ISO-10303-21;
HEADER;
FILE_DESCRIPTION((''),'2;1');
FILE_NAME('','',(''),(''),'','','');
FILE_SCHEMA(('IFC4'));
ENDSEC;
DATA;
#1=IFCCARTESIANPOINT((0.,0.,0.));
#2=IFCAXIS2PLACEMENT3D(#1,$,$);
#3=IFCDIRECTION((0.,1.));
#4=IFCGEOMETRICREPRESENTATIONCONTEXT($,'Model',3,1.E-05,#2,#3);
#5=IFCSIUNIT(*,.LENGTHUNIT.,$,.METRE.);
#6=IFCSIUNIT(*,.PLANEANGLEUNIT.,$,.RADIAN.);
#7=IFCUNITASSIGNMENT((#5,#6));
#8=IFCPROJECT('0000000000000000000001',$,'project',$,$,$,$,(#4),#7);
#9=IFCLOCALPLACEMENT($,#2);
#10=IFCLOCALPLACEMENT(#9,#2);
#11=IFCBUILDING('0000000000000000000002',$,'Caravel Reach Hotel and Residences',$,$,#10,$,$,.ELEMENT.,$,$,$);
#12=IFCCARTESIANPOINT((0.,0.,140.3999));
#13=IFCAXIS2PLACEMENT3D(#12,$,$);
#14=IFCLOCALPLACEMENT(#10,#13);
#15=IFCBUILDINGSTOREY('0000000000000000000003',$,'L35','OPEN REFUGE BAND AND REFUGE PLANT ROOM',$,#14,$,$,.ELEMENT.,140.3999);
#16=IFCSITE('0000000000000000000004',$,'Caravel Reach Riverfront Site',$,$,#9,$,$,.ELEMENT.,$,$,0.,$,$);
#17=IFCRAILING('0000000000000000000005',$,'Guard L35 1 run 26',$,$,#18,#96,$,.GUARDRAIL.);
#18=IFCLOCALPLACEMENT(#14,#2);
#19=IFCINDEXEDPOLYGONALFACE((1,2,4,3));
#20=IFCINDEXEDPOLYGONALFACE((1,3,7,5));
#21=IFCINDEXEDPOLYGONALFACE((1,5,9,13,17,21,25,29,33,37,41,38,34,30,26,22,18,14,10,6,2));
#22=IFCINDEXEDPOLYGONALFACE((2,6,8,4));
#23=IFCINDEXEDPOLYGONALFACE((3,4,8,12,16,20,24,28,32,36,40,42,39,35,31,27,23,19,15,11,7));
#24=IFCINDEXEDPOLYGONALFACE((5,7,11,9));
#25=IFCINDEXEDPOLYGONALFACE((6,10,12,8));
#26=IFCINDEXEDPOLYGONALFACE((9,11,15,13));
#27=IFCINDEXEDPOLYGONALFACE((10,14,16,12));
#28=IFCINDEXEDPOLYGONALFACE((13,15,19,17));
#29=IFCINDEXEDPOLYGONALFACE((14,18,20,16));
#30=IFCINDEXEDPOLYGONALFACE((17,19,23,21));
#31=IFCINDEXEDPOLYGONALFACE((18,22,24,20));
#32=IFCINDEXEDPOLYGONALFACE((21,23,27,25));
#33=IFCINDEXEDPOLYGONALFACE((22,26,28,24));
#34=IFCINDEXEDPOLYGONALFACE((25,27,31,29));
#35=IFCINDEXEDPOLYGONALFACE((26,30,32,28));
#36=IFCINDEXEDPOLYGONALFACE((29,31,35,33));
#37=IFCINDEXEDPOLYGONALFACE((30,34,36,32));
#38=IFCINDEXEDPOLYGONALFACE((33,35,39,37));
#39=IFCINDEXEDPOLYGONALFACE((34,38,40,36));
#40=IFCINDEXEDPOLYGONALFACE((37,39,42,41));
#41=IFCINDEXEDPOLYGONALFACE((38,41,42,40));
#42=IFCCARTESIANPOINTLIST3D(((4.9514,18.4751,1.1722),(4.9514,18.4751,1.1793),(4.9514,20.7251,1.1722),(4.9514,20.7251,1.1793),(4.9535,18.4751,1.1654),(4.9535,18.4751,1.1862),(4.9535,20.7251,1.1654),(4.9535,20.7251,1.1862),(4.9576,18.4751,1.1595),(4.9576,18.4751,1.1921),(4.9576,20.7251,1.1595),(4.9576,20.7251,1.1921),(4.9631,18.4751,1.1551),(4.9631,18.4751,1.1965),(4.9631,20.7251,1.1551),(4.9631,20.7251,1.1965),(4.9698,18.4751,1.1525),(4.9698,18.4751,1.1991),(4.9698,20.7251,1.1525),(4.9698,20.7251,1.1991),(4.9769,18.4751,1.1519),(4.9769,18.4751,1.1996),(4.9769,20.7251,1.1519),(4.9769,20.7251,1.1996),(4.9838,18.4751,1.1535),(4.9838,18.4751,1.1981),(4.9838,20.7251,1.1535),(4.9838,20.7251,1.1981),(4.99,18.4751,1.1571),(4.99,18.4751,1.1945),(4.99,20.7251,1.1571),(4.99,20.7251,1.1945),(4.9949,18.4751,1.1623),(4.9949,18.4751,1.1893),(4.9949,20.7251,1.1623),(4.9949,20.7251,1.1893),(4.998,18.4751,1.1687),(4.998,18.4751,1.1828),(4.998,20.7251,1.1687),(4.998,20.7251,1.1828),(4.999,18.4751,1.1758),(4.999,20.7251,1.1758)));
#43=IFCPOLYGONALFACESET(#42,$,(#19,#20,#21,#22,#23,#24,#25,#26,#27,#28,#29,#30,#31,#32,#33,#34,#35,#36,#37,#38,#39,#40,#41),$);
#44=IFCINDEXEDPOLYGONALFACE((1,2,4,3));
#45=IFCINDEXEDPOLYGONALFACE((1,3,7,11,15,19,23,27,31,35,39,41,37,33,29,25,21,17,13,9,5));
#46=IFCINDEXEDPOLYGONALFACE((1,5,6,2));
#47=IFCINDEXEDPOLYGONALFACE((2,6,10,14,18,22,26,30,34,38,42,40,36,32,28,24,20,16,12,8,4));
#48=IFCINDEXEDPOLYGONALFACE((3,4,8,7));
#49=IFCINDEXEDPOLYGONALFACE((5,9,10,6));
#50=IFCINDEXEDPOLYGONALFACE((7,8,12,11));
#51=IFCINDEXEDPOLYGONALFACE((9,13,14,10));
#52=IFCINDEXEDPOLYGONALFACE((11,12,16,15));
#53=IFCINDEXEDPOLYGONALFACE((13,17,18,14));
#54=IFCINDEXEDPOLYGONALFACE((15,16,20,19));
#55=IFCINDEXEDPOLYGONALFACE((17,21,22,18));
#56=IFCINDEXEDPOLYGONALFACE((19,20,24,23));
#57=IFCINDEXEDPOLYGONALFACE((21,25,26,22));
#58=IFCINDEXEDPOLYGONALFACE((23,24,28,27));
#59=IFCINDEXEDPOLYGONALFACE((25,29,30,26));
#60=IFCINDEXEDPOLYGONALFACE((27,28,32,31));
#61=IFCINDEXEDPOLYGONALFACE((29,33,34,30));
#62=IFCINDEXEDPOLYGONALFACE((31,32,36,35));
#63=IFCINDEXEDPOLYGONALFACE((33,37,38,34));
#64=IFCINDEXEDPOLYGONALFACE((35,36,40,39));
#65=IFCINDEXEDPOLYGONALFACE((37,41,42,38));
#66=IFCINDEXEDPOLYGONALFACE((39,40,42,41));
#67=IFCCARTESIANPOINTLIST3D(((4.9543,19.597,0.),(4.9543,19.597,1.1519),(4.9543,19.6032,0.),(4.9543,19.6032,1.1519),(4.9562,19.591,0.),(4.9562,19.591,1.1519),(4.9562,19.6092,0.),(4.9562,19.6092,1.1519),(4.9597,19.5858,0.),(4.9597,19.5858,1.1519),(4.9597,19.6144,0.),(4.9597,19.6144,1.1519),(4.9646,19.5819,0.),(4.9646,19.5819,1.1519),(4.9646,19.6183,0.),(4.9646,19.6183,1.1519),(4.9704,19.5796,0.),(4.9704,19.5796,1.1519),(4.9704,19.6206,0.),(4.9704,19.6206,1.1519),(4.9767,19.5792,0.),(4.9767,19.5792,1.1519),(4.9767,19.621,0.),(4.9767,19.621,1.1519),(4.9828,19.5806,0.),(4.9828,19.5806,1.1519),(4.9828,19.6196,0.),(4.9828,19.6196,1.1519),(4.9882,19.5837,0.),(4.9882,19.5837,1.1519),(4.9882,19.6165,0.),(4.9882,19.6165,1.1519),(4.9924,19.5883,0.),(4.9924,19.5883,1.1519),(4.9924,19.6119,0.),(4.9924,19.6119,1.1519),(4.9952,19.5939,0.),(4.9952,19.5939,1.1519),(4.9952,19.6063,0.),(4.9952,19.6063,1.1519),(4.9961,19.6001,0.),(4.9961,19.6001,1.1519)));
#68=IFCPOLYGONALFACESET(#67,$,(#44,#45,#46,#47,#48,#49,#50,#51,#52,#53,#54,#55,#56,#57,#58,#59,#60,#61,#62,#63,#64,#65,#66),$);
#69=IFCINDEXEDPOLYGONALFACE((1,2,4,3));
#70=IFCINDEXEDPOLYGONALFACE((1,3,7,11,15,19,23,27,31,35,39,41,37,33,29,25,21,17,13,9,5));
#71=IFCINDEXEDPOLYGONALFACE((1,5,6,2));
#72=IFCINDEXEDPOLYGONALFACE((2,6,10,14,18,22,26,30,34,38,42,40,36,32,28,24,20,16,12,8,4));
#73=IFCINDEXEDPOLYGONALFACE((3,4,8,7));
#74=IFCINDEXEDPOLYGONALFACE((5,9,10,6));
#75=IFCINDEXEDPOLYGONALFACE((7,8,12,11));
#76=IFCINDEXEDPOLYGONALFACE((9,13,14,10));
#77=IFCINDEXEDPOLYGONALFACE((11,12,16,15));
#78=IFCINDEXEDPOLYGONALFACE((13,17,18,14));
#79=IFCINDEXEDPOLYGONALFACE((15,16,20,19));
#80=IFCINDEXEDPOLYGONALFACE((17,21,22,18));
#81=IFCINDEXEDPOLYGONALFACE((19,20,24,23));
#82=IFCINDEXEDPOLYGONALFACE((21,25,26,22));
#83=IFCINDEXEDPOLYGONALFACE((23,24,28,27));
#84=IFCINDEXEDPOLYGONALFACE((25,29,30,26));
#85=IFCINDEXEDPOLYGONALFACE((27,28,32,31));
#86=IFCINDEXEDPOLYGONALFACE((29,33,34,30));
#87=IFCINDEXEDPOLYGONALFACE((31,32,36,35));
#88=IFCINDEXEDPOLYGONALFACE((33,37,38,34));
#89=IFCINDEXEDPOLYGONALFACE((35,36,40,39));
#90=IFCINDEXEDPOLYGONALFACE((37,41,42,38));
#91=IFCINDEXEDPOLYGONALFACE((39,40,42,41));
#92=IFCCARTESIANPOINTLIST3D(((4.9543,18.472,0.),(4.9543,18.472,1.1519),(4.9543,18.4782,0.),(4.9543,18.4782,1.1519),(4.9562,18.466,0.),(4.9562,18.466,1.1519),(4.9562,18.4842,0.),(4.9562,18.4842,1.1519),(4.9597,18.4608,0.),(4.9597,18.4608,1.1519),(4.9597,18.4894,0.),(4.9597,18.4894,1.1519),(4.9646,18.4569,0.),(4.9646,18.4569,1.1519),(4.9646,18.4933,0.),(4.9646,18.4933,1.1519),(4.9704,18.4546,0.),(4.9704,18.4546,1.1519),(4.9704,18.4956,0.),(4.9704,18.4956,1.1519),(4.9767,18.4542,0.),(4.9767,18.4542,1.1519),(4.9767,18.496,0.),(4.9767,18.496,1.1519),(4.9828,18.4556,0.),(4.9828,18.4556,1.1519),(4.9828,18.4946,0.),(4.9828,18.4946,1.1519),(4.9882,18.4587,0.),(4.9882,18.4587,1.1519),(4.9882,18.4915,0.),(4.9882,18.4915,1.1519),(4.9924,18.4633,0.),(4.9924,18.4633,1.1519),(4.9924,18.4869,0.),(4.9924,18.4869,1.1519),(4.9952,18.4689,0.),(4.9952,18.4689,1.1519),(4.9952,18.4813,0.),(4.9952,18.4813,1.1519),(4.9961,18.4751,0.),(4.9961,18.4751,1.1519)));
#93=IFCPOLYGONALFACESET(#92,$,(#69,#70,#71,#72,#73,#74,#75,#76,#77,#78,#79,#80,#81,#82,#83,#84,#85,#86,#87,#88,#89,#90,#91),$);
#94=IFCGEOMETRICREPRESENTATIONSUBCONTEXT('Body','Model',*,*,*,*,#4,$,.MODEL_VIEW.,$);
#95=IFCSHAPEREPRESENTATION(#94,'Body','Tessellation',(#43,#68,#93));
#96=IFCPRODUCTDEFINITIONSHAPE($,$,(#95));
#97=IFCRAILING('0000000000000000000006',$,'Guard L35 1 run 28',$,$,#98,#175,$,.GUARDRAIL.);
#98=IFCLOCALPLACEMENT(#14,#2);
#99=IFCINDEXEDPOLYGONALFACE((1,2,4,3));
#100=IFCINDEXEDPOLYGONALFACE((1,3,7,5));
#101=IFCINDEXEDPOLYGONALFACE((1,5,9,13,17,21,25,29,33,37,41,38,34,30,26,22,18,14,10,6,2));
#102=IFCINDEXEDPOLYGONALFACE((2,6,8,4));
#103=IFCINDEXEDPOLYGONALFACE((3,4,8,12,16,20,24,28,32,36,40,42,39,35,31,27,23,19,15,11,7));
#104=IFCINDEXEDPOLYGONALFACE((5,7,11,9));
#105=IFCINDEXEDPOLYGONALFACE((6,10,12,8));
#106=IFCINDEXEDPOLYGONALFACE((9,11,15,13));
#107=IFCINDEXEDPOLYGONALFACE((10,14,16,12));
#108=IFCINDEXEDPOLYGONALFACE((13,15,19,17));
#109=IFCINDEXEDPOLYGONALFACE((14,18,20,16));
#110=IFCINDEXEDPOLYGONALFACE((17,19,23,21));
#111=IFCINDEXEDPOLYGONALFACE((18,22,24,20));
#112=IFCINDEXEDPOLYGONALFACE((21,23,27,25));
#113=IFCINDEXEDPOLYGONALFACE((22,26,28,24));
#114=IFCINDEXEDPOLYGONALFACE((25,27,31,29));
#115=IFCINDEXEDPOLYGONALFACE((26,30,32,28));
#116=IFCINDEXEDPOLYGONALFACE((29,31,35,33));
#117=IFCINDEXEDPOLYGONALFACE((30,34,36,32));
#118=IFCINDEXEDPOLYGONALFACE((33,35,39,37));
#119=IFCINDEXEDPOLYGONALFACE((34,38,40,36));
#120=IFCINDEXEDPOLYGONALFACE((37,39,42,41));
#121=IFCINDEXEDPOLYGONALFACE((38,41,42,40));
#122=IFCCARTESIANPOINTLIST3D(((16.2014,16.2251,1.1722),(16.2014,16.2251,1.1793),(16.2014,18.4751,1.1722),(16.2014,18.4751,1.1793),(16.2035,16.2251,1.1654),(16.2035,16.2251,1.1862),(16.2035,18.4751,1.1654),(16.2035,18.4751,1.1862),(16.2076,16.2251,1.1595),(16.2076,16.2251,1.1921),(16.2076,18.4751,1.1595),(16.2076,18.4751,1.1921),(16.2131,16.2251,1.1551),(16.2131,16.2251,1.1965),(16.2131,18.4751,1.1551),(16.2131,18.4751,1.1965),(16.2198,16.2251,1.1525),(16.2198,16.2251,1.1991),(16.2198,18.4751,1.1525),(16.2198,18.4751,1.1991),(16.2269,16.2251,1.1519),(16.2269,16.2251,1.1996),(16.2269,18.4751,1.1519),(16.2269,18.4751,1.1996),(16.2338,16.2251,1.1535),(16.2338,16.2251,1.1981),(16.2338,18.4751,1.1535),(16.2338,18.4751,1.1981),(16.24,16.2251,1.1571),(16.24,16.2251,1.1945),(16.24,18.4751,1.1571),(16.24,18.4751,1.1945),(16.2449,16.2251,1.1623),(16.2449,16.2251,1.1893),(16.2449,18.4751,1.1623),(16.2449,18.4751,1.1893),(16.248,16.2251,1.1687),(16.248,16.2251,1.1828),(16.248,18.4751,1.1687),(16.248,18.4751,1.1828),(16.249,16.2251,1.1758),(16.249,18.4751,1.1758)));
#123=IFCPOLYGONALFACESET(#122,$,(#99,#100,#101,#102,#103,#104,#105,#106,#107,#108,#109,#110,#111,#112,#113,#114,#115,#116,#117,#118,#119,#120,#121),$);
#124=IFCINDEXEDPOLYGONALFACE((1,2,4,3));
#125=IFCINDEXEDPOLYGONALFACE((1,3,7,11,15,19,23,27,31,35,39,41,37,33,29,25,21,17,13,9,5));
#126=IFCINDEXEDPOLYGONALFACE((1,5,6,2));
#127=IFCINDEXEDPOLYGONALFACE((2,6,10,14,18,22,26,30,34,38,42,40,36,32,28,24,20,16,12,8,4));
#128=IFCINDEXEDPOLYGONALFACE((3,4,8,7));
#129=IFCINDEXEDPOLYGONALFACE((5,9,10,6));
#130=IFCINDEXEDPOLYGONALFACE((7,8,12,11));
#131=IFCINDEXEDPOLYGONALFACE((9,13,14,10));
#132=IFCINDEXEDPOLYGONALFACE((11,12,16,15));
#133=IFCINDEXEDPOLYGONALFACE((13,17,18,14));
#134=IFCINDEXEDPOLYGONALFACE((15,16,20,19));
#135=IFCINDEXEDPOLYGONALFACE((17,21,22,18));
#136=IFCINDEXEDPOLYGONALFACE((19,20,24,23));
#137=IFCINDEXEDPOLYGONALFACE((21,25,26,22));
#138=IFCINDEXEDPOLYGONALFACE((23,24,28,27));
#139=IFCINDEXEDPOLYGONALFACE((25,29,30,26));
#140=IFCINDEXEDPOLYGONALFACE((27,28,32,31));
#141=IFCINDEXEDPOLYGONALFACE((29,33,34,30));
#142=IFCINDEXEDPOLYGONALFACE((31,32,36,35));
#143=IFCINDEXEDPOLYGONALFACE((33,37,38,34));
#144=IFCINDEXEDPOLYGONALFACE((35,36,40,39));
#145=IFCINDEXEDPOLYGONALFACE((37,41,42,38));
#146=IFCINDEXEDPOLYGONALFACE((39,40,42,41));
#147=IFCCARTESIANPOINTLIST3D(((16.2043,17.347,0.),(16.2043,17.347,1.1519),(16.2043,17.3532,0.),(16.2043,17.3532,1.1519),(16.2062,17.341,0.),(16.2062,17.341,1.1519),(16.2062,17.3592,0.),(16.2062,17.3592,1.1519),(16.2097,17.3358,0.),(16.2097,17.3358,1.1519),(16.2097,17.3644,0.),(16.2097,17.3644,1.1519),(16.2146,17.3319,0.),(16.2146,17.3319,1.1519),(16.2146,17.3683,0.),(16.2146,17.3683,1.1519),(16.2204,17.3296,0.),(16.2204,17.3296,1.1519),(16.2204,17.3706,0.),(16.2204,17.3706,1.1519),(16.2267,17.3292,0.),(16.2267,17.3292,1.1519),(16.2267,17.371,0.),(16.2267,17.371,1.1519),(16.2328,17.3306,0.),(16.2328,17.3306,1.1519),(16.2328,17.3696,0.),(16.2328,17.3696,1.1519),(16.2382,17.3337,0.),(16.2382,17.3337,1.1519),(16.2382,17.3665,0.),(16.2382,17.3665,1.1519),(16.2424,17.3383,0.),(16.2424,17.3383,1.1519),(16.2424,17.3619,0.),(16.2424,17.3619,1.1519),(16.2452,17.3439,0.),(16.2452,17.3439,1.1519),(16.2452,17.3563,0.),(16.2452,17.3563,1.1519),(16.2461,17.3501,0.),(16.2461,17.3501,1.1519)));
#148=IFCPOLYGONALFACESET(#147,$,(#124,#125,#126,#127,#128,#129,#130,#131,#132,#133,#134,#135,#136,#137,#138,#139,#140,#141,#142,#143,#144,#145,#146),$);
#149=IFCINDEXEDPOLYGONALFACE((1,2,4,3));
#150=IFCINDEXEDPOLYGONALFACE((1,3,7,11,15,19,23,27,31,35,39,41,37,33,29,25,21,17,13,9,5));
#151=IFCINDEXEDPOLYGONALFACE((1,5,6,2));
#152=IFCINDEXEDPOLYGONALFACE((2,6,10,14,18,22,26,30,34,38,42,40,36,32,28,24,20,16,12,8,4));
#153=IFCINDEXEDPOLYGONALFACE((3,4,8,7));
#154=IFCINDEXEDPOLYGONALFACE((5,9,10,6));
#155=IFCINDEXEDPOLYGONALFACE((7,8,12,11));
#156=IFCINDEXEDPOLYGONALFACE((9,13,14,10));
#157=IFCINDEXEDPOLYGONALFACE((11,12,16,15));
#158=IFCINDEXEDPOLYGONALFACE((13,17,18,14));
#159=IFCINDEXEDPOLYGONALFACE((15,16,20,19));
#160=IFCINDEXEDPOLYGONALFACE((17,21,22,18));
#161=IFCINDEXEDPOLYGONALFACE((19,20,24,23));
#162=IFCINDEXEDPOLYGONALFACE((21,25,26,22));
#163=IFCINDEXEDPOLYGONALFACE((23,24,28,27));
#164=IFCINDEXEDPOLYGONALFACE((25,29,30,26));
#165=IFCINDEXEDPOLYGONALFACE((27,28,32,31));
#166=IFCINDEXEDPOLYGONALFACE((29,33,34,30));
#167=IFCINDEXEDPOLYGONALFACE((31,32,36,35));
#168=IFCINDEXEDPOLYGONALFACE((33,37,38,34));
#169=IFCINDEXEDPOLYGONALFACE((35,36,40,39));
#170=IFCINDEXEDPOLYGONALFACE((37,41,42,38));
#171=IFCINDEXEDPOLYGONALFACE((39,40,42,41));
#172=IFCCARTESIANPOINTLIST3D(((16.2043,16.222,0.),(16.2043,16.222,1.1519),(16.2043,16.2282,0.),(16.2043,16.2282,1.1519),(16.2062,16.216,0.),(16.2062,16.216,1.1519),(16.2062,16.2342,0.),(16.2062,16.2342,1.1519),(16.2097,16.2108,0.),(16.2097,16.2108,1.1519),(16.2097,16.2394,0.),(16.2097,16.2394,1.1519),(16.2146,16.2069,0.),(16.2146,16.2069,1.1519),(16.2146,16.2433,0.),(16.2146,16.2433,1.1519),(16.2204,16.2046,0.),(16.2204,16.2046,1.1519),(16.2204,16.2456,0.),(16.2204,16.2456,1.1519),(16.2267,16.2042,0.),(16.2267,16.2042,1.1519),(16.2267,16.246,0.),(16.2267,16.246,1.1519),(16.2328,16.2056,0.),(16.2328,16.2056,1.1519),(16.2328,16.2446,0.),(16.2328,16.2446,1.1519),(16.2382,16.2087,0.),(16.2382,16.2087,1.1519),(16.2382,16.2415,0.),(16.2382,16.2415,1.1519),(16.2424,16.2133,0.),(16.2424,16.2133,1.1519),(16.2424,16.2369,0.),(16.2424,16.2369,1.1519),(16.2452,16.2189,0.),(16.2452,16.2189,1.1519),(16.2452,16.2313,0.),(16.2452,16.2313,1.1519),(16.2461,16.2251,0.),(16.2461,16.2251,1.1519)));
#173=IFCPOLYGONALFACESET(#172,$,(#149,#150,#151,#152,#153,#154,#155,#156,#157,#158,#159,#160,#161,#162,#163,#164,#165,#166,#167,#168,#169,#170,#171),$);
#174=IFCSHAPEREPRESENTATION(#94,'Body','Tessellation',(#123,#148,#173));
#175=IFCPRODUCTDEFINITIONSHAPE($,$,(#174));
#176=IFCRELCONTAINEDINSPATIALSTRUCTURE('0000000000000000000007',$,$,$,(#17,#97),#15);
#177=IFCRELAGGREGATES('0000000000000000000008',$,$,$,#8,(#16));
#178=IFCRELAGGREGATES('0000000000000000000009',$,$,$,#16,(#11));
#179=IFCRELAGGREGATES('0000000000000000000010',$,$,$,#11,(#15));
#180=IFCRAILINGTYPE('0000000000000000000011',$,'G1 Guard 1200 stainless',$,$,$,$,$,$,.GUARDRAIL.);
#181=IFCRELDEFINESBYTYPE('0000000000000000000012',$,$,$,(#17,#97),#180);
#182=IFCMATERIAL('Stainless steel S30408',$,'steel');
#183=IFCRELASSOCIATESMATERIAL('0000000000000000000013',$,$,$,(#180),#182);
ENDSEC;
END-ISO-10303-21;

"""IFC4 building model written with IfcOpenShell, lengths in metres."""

from ifc_helpers import new_model, si_unit, direction, frame, origin, origin_2d, place, context, subcontext, project, spatial, circle, extrude, material, type_object, element, save


model = new_model("IFC4")

# Units and contexts
model_context = context("Model", 3, precision=1e-05, world=origin(), true_north=direction((0.0, 1.0)))
body_context = subcontext(model_context, "Body", "Model", "MODEL_VIEW")
ifc_project = project(units=[si_unit("LENGTHUNIT", "METRE"), si_unit("PLANEANGLEUNIT", "RADIAN")], contexts=[model_context])

# Site, building, storey
site_placement = place(None, origin())
site = spatial("IfcSite", under=ifc_project, at=site_placement, Name="Caravel Reach Riverfront Site", CompositionType="ELEMENT", RefElevation=0.0)
building_placement = place(site_placement, origin())
building = spatial("IfcBuilding", under=site, at=building_placement, Name="Caravel Reach Hotel and Residences", CompositionType="ELEMENT")
storey_placement = place(building_placement, frame((0.0, 0.0, 140.3999)))
storey = spatial("IfcBuildingStorey", under=building, at=storey_placement, Name="L35", Description="OPEN REFUGE BAND AND REFUGE PLANT ROOM", CompositionType="ELEMENT", Elevation=140.3999)

# Railings
ifc_material_1 = material(Name="Stainless steel S30408", Category="steel")
railing_type = type_object("IfcRailingType", Name="G1 Guard 1200 stainless", PredefinedType="GUARDRAIL", material=ifc_material_1)
railing_1_placement = place(storey_placement, frame((4.9751, 20.7251, 0.0)))
element("IfcRailing", 1, at=railing_1_placement, inside=storey, type_object=railing_type, Name="Guard L35 1 run 26", PredefinedType="GUARDRAIL", context=body_context, shape_type="SweptSolid", body=[
    extrude(circle(Radius=0.0239, at=origin_2d()), frame((0.0, 0.0, 1.1758), z_axis=(0.0, -1.0, 0.0), x_axis=(1.0, 0.0, 0.0)), (0.0, 0.0, 1.0), 2.25),
    extrude(circle(Radius=0.021, at=origin_2d()), frame((0.0, -1.125, 0.0)), (0.0, 0.0, 1.0), 1.1519),
    extrude(circle(Radius=0.021, at=origin_2d()), frame((0.0, -2.25, 0.0)), (0.0, 0.0, 1.0), 1.1519),
])
railing_2_placement = place(storey_placement, frame((16.2251, 18.4751, 0.0)))
element("IfcRailing", 2, at=railing_2_placement, inside=storey, type_object=railing_type, Name="Guard L35 1 run 28", PredefinedType="GUARDRAIL", context=body_context, shape_type="SweptSolid", body=[
    extrude(circle(Radius=0.0239, at=origin_2d()), frame((0.0, 0.0, 1.1758), z_axis=(0.0, -1.0, 0.0), x_axis=(1.0, 0.0, 0.0)), (0.0, 0.0, 1.0), 2.25),
    extrude(circle(Radius=0.021, at=origin_2d()), frame((0.0, -1.125, 0.0)), (0.0, 0.0, 1.0), 1.1519),
    extrude(circle(Radius=0.021, at=origin_2d()), frame((0.0, -2.25, 0.0)), (0.0, 0.0, 1.0), 1.1519),
])

save(model, "model.ifc")
